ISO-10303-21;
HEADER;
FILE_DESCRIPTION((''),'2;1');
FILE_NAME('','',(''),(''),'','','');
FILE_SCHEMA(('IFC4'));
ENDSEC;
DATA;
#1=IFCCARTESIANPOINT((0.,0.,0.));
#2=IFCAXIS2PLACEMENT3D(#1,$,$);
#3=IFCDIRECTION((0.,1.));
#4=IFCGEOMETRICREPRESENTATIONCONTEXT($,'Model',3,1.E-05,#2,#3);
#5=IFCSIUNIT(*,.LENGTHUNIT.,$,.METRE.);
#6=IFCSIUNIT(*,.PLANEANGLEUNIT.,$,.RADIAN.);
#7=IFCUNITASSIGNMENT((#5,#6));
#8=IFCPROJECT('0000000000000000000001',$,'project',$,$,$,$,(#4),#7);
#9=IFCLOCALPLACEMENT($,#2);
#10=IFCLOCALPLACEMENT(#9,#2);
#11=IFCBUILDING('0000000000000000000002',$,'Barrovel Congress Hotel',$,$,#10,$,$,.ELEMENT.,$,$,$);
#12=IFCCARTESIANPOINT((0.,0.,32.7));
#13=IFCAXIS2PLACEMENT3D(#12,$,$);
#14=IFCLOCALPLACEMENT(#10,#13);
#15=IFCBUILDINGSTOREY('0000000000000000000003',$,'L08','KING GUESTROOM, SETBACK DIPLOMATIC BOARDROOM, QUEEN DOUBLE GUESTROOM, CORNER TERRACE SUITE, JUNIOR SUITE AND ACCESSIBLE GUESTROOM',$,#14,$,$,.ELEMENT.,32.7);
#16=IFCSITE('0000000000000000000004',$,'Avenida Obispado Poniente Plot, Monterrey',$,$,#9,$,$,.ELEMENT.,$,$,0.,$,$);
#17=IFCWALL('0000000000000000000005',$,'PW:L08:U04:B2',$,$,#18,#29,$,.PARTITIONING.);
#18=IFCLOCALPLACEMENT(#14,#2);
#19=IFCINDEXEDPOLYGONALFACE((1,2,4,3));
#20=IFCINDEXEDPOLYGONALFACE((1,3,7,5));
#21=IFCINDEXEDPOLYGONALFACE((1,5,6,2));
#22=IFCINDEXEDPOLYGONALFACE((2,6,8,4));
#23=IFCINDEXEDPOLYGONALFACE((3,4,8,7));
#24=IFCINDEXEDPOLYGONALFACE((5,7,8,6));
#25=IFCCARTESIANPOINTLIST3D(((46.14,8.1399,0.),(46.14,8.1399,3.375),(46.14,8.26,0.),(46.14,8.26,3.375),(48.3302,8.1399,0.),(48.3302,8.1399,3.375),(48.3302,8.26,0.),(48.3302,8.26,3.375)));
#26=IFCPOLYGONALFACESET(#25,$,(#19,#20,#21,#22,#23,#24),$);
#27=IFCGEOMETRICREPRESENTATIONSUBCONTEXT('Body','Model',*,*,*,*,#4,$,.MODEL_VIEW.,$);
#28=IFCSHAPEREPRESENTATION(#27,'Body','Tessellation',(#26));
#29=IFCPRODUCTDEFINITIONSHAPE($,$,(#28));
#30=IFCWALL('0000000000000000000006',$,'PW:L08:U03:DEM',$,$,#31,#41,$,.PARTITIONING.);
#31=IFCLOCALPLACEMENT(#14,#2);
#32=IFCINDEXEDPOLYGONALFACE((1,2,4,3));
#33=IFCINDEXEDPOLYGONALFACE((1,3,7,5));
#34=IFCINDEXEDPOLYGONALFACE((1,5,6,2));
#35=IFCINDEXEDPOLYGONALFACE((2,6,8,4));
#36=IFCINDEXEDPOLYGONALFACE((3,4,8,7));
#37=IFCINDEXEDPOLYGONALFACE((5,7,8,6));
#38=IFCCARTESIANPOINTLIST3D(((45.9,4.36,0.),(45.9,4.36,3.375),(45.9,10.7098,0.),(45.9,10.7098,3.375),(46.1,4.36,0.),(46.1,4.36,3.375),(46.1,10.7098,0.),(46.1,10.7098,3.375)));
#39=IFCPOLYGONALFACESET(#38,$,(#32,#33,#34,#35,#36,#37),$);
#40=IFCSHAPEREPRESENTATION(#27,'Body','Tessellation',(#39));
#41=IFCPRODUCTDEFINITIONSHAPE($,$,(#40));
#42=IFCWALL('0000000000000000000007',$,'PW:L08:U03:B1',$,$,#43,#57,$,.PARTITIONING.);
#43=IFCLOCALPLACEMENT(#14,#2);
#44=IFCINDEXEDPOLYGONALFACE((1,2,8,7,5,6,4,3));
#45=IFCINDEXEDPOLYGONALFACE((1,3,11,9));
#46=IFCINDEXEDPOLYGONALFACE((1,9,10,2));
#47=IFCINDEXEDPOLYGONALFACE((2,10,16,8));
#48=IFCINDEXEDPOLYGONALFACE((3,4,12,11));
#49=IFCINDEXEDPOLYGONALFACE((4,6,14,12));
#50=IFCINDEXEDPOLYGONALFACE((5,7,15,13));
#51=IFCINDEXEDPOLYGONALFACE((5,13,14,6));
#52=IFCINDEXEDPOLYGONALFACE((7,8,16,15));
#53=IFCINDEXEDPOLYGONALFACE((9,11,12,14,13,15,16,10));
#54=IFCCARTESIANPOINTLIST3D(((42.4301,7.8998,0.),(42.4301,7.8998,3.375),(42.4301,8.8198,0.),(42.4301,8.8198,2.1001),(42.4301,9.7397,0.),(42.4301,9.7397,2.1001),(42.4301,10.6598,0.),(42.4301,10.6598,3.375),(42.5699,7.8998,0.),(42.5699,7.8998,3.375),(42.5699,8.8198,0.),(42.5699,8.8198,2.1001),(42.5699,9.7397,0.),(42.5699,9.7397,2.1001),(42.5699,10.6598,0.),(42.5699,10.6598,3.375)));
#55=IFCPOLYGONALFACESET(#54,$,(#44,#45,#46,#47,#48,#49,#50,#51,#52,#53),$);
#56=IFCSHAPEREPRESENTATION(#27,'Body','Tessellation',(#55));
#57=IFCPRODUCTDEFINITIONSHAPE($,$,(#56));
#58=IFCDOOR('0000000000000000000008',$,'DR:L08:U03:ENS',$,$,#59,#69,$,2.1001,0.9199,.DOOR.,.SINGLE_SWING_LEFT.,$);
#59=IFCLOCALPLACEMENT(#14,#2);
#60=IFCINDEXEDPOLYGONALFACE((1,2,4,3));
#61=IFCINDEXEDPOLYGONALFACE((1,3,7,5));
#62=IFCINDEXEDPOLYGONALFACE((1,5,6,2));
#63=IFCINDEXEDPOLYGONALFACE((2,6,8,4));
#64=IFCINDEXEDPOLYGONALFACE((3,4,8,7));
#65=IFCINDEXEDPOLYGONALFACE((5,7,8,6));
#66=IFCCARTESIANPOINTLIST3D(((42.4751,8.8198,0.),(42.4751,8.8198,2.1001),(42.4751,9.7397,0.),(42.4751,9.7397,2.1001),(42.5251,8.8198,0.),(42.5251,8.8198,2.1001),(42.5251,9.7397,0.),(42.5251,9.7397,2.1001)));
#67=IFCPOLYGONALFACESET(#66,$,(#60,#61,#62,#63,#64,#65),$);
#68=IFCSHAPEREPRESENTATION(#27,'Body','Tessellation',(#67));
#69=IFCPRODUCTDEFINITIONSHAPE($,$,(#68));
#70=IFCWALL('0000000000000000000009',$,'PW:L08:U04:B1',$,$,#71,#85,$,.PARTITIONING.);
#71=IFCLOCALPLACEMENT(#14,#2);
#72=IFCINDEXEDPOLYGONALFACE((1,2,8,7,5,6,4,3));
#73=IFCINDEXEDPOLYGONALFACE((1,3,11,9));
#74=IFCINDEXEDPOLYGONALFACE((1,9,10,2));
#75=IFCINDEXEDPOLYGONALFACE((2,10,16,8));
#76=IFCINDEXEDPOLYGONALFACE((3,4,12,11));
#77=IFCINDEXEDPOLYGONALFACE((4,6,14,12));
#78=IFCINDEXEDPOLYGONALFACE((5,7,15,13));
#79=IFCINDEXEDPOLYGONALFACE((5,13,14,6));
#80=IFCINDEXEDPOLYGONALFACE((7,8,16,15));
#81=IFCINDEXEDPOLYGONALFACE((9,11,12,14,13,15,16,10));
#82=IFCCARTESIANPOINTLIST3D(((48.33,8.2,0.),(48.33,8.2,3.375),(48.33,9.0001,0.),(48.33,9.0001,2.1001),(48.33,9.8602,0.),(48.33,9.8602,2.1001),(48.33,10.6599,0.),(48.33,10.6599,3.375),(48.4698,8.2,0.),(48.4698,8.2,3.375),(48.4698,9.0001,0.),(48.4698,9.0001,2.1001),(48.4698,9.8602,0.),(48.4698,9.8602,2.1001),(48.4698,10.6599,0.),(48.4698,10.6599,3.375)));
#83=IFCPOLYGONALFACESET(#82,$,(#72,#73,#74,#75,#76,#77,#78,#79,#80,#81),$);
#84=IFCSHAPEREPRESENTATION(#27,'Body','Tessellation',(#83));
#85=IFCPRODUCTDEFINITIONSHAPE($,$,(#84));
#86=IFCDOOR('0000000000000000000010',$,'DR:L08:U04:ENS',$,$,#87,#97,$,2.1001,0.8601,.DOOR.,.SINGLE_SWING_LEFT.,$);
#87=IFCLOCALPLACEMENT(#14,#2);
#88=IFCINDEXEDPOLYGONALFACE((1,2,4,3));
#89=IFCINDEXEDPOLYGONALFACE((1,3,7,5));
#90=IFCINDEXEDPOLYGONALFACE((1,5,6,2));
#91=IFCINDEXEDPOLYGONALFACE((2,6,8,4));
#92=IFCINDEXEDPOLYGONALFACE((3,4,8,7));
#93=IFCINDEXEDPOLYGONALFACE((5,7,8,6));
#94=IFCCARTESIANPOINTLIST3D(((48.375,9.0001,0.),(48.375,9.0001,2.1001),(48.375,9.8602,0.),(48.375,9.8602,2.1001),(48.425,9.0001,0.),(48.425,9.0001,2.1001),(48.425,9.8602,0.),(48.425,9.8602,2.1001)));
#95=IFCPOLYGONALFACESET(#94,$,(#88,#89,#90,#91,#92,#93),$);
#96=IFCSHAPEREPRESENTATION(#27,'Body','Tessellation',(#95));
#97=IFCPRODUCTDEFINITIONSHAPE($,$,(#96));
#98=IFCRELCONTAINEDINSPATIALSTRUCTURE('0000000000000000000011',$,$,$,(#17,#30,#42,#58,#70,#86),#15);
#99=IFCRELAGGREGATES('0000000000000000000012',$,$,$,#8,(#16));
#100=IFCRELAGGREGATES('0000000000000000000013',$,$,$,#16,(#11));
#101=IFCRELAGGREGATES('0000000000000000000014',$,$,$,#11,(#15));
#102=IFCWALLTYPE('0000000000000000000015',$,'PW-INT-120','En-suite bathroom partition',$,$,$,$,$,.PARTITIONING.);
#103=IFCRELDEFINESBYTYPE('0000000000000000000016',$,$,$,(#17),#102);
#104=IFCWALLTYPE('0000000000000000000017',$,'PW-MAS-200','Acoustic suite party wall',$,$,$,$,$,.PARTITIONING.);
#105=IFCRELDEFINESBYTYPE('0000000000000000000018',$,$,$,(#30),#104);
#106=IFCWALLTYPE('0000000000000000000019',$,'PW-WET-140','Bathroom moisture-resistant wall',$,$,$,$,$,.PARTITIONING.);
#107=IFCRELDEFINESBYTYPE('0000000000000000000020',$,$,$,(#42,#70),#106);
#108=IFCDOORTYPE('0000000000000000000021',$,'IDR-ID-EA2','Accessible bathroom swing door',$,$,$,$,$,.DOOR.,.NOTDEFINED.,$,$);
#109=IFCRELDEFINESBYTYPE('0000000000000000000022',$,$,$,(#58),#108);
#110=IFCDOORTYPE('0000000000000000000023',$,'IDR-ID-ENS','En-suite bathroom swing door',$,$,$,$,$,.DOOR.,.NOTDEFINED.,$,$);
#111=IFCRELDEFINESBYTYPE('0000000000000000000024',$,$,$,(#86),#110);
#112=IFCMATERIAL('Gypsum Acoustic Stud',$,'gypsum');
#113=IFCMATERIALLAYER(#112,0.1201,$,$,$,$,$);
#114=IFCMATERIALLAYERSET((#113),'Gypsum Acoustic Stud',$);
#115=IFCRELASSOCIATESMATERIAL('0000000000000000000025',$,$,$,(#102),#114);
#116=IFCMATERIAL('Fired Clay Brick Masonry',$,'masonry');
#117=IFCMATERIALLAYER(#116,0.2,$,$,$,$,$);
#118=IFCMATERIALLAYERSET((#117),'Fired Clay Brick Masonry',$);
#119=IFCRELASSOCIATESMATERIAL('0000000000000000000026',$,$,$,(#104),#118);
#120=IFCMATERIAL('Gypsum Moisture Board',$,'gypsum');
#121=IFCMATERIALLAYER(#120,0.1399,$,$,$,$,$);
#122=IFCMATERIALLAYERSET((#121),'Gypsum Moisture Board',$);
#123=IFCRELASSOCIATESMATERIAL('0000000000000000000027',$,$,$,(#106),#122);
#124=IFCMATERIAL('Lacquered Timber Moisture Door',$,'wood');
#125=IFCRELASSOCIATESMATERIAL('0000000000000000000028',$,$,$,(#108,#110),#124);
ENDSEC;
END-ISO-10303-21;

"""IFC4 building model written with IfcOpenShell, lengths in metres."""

from ifc_helpers import new_model, si_unit, direction, frame, frame_2d, origin, place, context, subcontext, project, spatial, rectangle, extrude, material, layer, layer_set, type_object, element, fill, save


model = new_model("IFC4")

# Units and contexts
model_context = context("Model", 3, precision=1e-05, world=origin(), true_north=direction((0.0, 1.0)))
body_context = subcontext(model_context, "Body", "Model", "MODEL_VIEW")
ifc_project = project(units=[si_unit("LENGTHUNIT", "METRE"), si_unit("PLANEANGLEUNIT", "RADIAN")], contexts=[model_context])

# Site, building, storey
site_placement = place(None, origin())
site = spatial("IfcSite", under=ifc_project, at=site_placement, Name="Avenida Obispado Poniente Plot, Monterrey", CompositionType="ELEMENT", RefElevation=0.0)
building_placement = place(site_placement, origin())
building = spatial("IfcBuilding", under=site, at=building_placement, Name="Barrovel Congress Hotel", CompositionType="ELEMENT")
storey_placement = place(building_placement, frame((0.0, 0.0, 32.7)))
storey = spatial("IfcBuildingStorey", under=building, at=storey_placement, Name="L08", Description="KING GUESTROOM, SETBACK DIPLOMATIC BOARDROOM, QUEEN DOUBLE GUESTROOM, CORNER TERRACE SUITE, JUNIOR SUITE AND ACCESSIBLE GUESTROOM", CompositionType="ELEMENT", Elevation=32.7)

# Shared definitions
ifc_material_1 = material(Name="Fired Clay Brick Masonry", Category="masonry")

# Shared definitions
ifc_material_2 = material(Name="Gypsum Acoustic Stud", Category="gypsum")

# Walls
ifc_layer_1 = layer(ifc_material_2, 0.1201)
ifc_layer_set_1 = layer_set([ifc_layer_1], Name="Gypsum Acoustic Stud")
wall_type_1 = type_object("IfcWallType", Name="PW-INT-120", Description="En-suite bathroom partition", PredefinedType="PARTITIONING", material=ifc_layer_set_1)
wall_1_placement = place(storey_placement, frame((46.1399, 8.2, 0.0), z_axis=(0.0, 0.0, 1.0), x_axis=(1.0, 0.0, 0.0)))
element("IfcWall", 1, at=wall_1_placement, inside=storey, type_object=wall_type_1, Name="PW:L08:U04:B2", PredefinedType="PARTITIONING", context=body_context, shape_type="SweptSolid", body=[
    extrude(rectangle(XDim=2.1902, YDim=0.1201, at=frame_2d((1.0952, 0.0))), origin(), (0.0, 0.0, 1.0), 3.375),
])
ifc_layer_2 = layer(ifc_material_1, 0.2)
ifc_layer_set_2 = layer_set([ifc_layer_2], Name="Fired Clay Brick Masonry")
wall_type_2 = type_object("IfcWallType", Name="PW-MAS-200", Description="Acoustic suite party wall", PredefinedType="PARTITIONING", material=ifc_layer_set_2)
wall_2_placement = place(storey_placement, frame((46.0, 4.3601, 0.0), z_axis=(0.0, 0.0, 1.0), x_axis=(0.0, 1.0, 0.0)))
element("IfcWall", 2, at=wall_2_placement, inside=storey, type_object=wall_type_2, Name="PW:L08:U03:DEM", PredefinedType="PARTITIONING", context=body_context, shape_type="SweptSolid", body=[
    extrude(rectangle(XDim=6.3499, YDim=0.2, at=frame_2d((3.1748, 0.0))), origin(), (0.0, 0.0, 1.0), 3.375),
])

# Walls, openings, doors
ifc_material_3 = material(Name="Gypsum Moisture Board", Category="gypsum")
ifc_layer_3 = layer(ifc_material_3, 0.1399)
ifc_layer_set_3 = layer_set([ifc_layer_3], Name="Gypsum Moisture Board")
wall_type_3 = type_object("IfcWallType", Name="PW-WET-140", Description="Bathroom moisture-resistant wall", PredefinedType="PARTITIONING", material=ifc_layer_set_3)
wall_3_placement = place(storey_placement, frame((42.5, 7.8999, 0.0), z_axis=(0.0, 0.0, 1.0), x_axis=(0.0, 1.0, 0.0)))
wall_3 = element("IfcWall", 3, at=wall_3_placement, inside=storey, type_object=wall_type_3, Name="PW:L08:U03:B1", PredefinedType="PARTITIONING", context=body_context, shape_type="SweptSolid", body=[
    extrude(rectangle(XDim=2.76, YDim=0.1399, at=frame_2d((1.3799, 0.0))), origin(), (0.0, 0.0, 1.0), 3.375),
])
opening_1_placement = place(wall_3_placement, frame((0.9199, 0.0, 0.0)))
opening_1 = element("IfcOpeningElement", 4, at=opening_1_placement, cuts=wall_3, PredefinedType="OPENING", context=body_context, shape_type="SweptSolid", body=[
    extrude(rectangle(XDim=0.9199, YDim=2.1001, at=frame_2d((0.46, 1.05))), frame((0.0, 0.0801, 0.0), z_axis=(0.0, -1.0, 0.0), x_axis=(1.0, 0.0, 0.0)), (0.0, 0.0, 1.0), 0.1599),
])
ifc_material_4 = material(Name="Lacquered Timber Moisture Door", Category="wood")
door_type_1 = type_object("IfcDoorType", Name="IDR-ID-EA2", Description="Accessible bathroom swing door", OperationType="NOTDEFINED", PredefinedType="DOOR", material=ifc_material_4)
door_1_placement = place(opening_1_placement, origin())
door_1 = element("IfcDoor", 5, at=door_1_placement, inside=storey, type_object=door_type_1, Name="DR:L08:U03:ENS", OperationType="SINGLE_SWING_LEFT", OverallHeight=2.1001, OverallWidth=0.9199, PredefinedType="DOOR", context=body_context, shape_type="SweptSolid", body=[
    extrude(rectangle(XDim=0.9199, YDim=2.1001, at=frame_2d((0.46, 1.05))), frame((0.0, 0.0249, 0.0), z_axis=(0.0, -1.0, 0.0), x_axis=(1.0, 0.0, 0.0)), (0.0, 0.0, 1.0), 0.05),
])
fill(opening_1, door_1)
wall_4_placement = place(storey_placement, frame((48.3999, 8.2, 0.0), z_axis=(0.0, 0.0, 1.0), x_axis=(0.0, 1.0, 0.0)))
wall_4 = element("IfcWall", 6, at=wall_4_placement, inside=storey, type_object=wall_type_3, Name="PW:L08:U04:B1", PredefinedType="PARTITIONING", context=body_context, shape_type="SweptSolid", body=[
    extrude(rectangle(XDim=2.46, YDim=0.1399, at=frame_2d((1.23, 0.0))), origin(), (0.0, 0.0, 1.0), 3.375),
])
opening_2_placement = place(wall_4_placement, frame((0.8, 0.0, 0.0)))
opening_2 = element("IfcOpeningElement", 7, at=opening_2_placement, cuts=wall_4, PredefinedType="OPENING", context=body_context, shape_type="SweptSolid", body=[
    extrude(rectangle(XDim=0.8601, YDim=2.1001, at=frame_2d((0.4302, 1.05))), frame((0.0, 0.0801, 0.0), z_axis=(0.0, -1.0, 0.0), x_axis=(1.0, 0.0, 0.0)), (0.0, 0.0, 1.0), 0.1599),
])
door_type_2 = type_object("IfcDoorType", Name="IDR-ID-ENS", Description="En-suite bathroom swing door", OperationType="NOTDEFINED", PredefinedType="DOOR", material=ifc_material_4)
door_2_placement = place(opening_2_placement, origin())
door_2 = element("IfcDoor", 8, at=door_2_placement, inside=storey, type_object=door_type_2, Name="DR:L08:U04:ENS", OperationType="SINGLE_SWING_LEFT", OverallHeight=2.1001, OverallWidth=0.8601, PredefinedType="DOOR", context=body_context, shape_type="SweptSolid", body=[
    extrude(rectangle(XDim=0.8601, YDim=2.1001, at=frame_2d((0.4302, 1.05))), frame((0.0, 0.0249, 0.0), z_axis=(0.0, -1.0, 0.0), x_axis=(1.0, 0.0, 0.0)), (0.0, 0.0, 1.0), 0.05),
])
fill(opening_2, door_2)

save(model, "model.ifc")
